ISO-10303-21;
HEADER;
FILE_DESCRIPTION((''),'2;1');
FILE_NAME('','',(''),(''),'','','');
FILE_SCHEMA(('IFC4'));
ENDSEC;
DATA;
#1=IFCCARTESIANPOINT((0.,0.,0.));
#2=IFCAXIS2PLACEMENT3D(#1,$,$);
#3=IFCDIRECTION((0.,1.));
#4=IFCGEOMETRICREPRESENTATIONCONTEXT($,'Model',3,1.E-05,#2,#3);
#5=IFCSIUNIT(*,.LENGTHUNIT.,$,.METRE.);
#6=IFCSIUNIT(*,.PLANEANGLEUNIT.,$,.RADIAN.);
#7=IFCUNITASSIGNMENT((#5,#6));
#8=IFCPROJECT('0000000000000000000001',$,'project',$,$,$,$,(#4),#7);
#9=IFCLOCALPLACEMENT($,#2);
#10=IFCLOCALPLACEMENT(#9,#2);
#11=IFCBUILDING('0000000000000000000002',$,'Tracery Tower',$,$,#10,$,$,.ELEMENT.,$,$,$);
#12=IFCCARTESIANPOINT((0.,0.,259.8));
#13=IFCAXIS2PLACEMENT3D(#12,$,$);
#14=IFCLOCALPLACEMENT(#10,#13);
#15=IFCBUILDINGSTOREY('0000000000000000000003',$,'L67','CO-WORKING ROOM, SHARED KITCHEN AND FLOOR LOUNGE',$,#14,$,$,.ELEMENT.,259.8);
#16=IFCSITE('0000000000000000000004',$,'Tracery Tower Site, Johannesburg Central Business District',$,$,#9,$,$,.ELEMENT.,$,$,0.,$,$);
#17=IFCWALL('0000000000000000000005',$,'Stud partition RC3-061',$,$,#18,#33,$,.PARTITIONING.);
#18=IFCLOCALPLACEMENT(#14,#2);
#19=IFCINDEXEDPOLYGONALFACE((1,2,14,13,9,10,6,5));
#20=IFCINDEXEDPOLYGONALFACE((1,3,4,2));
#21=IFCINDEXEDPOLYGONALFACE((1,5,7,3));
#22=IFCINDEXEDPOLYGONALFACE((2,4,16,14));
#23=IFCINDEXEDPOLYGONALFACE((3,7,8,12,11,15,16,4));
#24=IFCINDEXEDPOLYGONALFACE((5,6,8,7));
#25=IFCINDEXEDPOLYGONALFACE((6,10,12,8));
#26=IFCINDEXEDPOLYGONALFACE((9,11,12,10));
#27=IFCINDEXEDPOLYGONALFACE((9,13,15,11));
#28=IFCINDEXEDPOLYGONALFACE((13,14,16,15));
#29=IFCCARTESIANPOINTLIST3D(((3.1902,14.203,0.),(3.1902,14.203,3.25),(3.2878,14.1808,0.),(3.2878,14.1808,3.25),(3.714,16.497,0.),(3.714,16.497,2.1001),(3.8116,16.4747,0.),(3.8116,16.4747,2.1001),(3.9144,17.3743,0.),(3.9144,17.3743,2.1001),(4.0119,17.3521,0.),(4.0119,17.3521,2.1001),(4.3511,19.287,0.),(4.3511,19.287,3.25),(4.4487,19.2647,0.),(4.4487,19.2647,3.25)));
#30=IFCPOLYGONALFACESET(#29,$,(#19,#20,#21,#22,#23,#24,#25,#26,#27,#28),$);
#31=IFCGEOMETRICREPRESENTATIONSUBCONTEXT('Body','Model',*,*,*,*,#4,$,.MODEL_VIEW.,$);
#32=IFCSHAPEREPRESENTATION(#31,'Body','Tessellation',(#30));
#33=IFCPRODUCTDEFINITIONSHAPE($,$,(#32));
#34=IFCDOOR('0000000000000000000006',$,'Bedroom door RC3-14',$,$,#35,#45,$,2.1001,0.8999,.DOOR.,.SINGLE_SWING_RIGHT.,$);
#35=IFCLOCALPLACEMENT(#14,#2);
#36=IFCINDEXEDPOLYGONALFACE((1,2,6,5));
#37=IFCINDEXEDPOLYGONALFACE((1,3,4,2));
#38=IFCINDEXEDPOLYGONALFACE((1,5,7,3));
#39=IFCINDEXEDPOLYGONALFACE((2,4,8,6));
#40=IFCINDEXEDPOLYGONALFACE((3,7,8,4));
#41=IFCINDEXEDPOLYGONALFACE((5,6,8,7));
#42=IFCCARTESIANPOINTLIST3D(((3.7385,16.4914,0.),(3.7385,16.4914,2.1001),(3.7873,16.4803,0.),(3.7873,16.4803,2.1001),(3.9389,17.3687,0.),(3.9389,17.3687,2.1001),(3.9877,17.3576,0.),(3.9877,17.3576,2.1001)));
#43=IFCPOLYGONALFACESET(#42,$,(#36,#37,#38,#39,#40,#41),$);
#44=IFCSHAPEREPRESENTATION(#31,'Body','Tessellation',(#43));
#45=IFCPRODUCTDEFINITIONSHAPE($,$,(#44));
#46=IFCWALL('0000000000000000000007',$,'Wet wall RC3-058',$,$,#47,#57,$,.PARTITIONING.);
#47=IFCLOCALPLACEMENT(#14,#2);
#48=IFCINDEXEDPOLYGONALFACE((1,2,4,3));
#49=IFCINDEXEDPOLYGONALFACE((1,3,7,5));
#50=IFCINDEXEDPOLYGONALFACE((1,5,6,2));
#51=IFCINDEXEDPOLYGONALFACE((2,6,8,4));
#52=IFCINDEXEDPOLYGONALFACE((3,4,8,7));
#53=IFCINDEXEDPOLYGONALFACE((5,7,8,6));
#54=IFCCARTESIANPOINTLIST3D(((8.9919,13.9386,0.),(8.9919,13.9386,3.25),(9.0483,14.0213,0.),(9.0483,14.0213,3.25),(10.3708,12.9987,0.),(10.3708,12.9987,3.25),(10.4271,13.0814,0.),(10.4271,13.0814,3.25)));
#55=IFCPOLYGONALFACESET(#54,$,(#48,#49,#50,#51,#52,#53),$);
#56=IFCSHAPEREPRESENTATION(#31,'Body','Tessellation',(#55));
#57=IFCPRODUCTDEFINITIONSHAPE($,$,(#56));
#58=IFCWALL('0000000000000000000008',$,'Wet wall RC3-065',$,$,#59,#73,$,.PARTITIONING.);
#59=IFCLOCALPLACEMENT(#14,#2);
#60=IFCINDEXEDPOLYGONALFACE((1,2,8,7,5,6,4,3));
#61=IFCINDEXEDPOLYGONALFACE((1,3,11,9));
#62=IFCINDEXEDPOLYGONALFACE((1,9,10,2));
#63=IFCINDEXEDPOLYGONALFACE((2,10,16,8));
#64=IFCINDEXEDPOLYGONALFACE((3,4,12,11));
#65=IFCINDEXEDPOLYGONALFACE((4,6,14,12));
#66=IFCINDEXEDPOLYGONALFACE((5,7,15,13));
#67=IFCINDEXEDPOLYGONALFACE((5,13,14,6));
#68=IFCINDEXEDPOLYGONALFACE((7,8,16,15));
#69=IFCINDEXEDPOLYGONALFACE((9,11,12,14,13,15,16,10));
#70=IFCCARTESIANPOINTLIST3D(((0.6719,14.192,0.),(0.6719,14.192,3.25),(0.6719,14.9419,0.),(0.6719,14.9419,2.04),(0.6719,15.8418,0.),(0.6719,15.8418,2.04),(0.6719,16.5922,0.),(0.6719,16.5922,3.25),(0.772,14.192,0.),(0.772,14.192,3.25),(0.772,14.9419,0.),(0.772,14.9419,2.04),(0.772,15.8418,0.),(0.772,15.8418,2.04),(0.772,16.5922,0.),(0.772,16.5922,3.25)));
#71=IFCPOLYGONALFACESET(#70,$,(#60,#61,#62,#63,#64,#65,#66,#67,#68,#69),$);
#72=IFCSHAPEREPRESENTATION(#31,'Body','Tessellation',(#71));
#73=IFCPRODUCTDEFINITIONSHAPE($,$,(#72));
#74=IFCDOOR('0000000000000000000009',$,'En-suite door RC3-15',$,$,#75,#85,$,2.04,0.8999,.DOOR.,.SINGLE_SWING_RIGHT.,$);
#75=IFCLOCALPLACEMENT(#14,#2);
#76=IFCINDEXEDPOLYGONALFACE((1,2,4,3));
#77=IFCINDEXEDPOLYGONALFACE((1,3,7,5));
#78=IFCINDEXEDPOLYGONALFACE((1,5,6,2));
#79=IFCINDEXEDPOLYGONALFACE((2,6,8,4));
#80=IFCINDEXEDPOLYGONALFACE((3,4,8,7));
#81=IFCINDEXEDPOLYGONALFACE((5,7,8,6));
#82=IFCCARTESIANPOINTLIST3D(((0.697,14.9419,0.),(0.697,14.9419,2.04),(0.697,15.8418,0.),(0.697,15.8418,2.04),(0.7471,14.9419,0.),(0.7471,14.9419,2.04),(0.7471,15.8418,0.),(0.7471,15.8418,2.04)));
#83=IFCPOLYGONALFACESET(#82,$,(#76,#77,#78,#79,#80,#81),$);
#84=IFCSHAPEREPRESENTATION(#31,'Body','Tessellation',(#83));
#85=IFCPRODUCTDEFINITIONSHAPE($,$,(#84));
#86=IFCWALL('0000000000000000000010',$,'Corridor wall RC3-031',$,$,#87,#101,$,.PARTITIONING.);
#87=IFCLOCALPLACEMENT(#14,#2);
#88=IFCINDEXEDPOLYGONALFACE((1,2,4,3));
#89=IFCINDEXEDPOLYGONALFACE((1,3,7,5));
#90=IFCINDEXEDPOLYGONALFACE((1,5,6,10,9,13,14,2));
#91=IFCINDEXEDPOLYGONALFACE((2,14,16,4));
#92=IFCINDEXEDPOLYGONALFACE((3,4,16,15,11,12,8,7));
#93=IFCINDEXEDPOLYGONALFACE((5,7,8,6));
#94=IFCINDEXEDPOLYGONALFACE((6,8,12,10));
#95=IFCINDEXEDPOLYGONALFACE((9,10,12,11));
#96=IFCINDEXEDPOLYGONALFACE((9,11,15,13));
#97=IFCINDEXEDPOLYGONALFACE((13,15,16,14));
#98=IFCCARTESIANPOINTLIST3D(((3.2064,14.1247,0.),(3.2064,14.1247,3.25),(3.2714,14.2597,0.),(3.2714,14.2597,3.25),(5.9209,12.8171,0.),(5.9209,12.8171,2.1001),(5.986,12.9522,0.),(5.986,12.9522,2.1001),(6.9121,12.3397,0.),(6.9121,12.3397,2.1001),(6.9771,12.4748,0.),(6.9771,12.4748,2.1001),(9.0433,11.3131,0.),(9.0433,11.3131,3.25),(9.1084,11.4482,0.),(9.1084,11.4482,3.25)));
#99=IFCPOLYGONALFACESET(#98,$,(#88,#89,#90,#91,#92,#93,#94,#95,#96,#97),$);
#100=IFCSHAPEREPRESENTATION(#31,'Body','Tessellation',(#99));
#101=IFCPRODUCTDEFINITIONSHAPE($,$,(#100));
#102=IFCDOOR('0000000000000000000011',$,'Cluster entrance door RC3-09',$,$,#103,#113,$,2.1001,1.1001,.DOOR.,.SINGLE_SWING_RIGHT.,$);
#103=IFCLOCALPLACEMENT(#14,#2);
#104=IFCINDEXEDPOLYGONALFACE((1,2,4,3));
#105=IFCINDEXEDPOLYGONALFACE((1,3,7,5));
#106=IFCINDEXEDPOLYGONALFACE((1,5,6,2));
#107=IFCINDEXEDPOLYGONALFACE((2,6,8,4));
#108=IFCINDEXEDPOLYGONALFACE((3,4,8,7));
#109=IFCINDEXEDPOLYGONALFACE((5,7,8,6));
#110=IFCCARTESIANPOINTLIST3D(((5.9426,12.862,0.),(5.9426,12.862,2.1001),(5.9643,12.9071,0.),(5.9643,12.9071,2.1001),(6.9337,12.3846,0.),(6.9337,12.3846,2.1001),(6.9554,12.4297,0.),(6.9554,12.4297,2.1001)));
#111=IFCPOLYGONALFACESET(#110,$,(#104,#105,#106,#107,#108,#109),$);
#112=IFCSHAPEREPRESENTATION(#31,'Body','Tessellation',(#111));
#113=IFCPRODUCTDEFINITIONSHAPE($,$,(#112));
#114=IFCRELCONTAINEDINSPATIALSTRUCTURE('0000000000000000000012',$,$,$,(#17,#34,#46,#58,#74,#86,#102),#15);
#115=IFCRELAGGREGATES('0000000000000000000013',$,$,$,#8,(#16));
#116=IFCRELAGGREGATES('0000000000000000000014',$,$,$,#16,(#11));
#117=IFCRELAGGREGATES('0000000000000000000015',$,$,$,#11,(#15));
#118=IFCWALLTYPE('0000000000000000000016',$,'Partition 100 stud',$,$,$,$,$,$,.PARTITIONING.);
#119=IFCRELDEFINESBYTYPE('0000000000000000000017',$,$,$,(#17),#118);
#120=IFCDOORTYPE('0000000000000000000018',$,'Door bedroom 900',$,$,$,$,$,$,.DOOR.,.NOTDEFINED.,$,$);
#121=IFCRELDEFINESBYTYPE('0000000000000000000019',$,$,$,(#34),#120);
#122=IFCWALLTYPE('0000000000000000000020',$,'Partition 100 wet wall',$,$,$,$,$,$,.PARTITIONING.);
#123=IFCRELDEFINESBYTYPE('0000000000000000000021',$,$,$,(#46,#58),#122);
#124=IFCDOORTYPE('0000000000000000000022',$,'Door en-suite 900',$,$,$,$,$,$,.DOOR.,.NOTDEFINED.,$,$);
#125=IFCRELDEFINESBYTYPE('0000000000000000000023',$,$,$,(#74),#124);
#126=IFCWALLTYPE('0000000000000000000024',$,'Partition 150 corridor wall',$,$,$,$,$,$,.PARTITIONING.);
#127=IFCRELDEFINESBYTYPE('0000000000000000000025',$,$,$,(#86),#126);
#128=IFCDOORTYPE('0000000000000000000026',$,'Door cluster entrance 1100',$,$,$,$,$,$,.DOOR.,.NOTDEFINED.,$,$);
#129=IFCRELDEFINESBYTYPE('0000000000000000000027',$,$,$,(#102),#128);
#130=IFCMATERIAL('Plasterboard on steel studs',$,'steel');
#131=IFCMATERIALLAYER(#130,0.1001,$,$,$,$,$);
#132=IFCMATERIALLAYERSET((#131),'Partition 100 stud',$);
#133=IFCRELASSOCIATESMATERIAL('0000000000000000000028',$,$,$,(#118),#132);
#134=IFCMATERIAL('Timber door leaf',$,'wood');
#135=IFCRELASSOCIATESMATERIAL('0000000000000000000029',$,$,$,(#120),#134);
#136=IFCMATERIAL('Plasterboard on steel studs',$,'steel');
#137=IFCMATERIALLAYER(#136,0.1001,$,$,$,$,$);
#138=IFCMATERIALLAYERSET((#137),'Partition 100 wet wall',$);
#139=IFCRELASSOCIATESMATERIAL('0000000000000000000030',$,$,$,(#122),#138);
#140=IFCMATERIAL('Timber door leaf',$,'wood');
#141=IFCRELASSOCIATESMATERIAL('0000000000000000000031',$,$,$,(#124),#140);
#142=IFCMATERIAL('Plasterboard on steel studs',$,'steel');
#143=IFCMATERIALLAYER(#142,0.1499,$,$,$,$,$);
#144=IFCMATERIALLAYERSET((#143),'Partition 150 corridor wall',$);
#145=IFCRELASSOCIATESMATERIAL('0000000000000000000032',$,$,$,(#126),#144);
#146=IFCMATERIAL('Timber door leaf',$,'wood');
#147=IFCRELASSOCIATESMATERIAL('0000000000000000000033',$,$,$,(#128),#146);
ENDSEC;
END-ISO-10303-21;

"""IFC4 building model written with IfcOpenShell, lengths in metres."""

from ifc_helpers import new_model, si_unit, direction, frame, frame_2d, origin, place, context, subcontext, project, spatial, rectangle, extrude, material, layer, layer_set, type_object, element, fill, save


model = new_model("IFC4")

# Units and contexts
model_context = context("Model", 3, precision=1e-05, world=origin(), true_north=direction((0.0, 1.0)))
body_context = subcontext(model_context, "Body", "Model", "MODEL_VIEW")
ifc_project = project(units=[si_unit("LENGTHUNIT", "METRE"), si_unit("PLANEANGLEUNIT", "RADIAN")], contexts=[model_context])

# Site, building, storey
site_placement = place(None, origin())
site = spatial("IfcSite", under=ifc_project, at=site_placement, Name="Tracery Tower Site, Johannesburg Central Business District", CompositionType="ELEMENT", RefElevation=0.0)
building_placement = place(site_placement, origin())
building = spatial("IfcBuilding", under=site, at=building_placement, Name="Tracery Tower", CompositionType="ELEMENT")
storey_placement = place(building_placement, frame((0.0, 0.0, 259.8)))
storey = spatial("IfcBuildingStorey", under=building, at=storey_placement, Name="L67", Description="CO-WORKING ROOM, SHARED KITCHEN AND FLOOR LOUNGE", CompositionType="ELEMENT", Elevation=259.8)

# Wall, opening, door
ifc_material_1 = material(Name="Plasterboard on steel studs", Category="steel")
ifc_layer_1 = layer(ifc_material_1, 0.1001)
ifc_layer_set_1 = layer_set([ifc_layer_1], Name="Partition 100 stud")
wall_type_1 = type_object("IfcWallType", Name="Partition 100 stud", PredefinedType="PARTITIONING", material=ifc_layer_set_1)
wall_1_placement = place(storey_placement, frame((3.239, 14.1919, 0.0), z_axis=(0.0, 0.0, 1.0), x_axis=(0.222613, 0.974907, 0.0)))
wall_1 = element("IfcWall", 1, at=wall_1_placement, inside=storey, type_object=wall_type_1, Name="Stud partition RC3-061", PredefinedType="PARTITIONING", context=body_context, shape_type="SweptSolid", body=[
    extrude(rectangle(XDim=5.2148, YDim=0.1001, at=frame_2d((2.6074, 0.0))), origin(), (0.0, 0.0, 1.0), 3.25),
])
opening_1_placement = place(wall_1_placement, frame((2.353, 0.0, 0.0)))
opening_1 = element("IfcOpeningElement", 2, at=opening_1_placement, cuts=wall_1, PredefinedType="OPENING", context=body_context, shape_type="SweptSolid", body=[
    extrude(rectangle(XDim=0.8999, YDim=2.1001, at=frame_2d((0.45, 1.05))), frame((0.0, 0.05, 0.0), z_axis=(0.0, -1.0, 0.0), x_axis=(1.0, 0.0, 0.0)), (0.0, 0.0, 1.0), 0.1001),
])
ifc_material_2 = material(Name="Timber door leaf", Category="wood")
door_type_1 = type_object("IfcDoorType", Name="Door bedroom 900", OperationType="NOTDEFINED", PredefinedType="DOOR", material=ifc_material_2)
door_1_placement = place(opening_1_placement, origin())
door_1 = element("IfcDoor", 3, at=door_1_placement, inside=storey, type_object=door_type_1, Name="Bedroom door RC3-14", OperationType="SINGLE_SWING_RIGHT", OverallHeight=2.1001, OverallWidth=0.8999, PredefinedType="DOOR", context=body_context, shape_type="SweptSolid", body=[
    extrude(rectangle(XDim=0.8999, YDim=2.1001, at=frame_2d((0.45, 1.05))), frame((0.0, 0.0249, 0.0), z_axis=(0.0, -1.0, 0.0), x_axis=(1.0, 0.0, 0.0)), (0.0, 0.0, 1.0), 0.05),
])
fill(opening_1, door_1)

# Wall
ifc_material_3 = material(Name="Plasterboard on steel studs", Category="steel")
ifc_layer_2 = layer(ifc_material_3, 0.1001)
ifc_layer_set_2 = layer_set([ifc_layer_2], Name="Partition 100 wet wall")
wall_type_2 = type_object("IfcWallType", Name="Partition 100 wet wall", PredefinedType="PARTITIONING", material=ifc_layer_set_2)
wall_2_placement = place(storey_placement, frame((9.02, 13.98, 0.0), z_axis=(0.0, 0.0, 1.0), x_axis=(0.826289, -0.563246, 0.0)))
element("IfcWall", 4, at=wall_2_placement, inside=storey, type_object=wall_type_2, Name="Wet wall RC3-058", PredefinedType="PARTITIONING", context=body_context, shape_type="SweptSolid", body=[
    extrude(rectangle(XDim=1.6687, YDim=0.1001, at=frame_2d((0.8345, 0.0))), origin(), (0.0, 0.0, 1.0), 3.25),
])

# Walls, openings, doors
wall_3_placement = place(storey_placement, frame((0.7219, 14.1919, 0.0), z_axis=(0.0, 0.0, 1.0), x_axis=(0.0, 1.0, 0.0)))
wall_3 = element("IfcWall", 5, at=wall_3_placement, inside=storey, type_object=wall_type_2, Name="Wet wall RC3-065", PredefinedType="PARTITIONING", context=body_context, shape_type="SweptSolid", body=[
    extrude(rectangle(XDim=2.4001, YDim=0.1001, at=frame_2d((1.2002, 0.0))), origin(), (0.0, 0.0, 1.0), 3.25),
])
opening_2_placement = place(wall_3_placement, frame((0.75, 0.0, 0.0)))
opening_2 = element("IfcOpeningElement", 6, at=opening_2_placement, cuts=wall_3, PredefinedType="OPENING", context=body_context, shape_type="SweptSolid", body=[
    extrude(rectangle(XDim=0.8999, YDim=2.04, at=frame_2d((0.45, 1.02))), frame((0.0, 0.05, 0.0), z_axis=(0.0, -1.0, 0.0), x_axis=(1.0, 0.0, 0.0)), (0.0, 0.0, 1.0), 0.1001),
])
ifc_material_4 = material(Name="Timber door leaf", Category="wood")
door_type_2 = type_object("IfcDoorType", Name="Door en-suite 900", OperationType="NOTDEFINED", PredefinedType="DOOR", material=ifc_material_4)
door_2_placement = place(opening_2_placement, origin())
door_2 = element("IfcDoor", 7, at=door_2_placement, inside=storey, type_object=door_type_2, Name="En-suite door RC3-15", OperationType="SINGLE_SWING_RIGHT", OverallHeight=2.04, OverallWidth=0.8999, PredefinedType="DOOR", context=body_context, shape_type="SweptSolid", body=[
    extrude(rectangle(XDim=0.8999, YDim=2.04, at=frame_2d((0.45, 1.02))), frame((0.0, 0.0249, 0.0), z_axis=(0.0, -1.0, 0.0), x_axis=(1.0, 0.0, 0.0)), (0.0, 0.0, 1.0), 0.05),
])
fill(opening_2, door_2)
ifc_material_5 = material(Name="Plasterboard on steel studs", Category="steel")
ifc_layer_3 = layer(ifc_material_5, 0.1499)
ifc_layer_set_3 = layer_set([ifc_layer_3], Name="Partition 150 corridor wall")
wall_type_3 = type_object("IfcWallType", Name="Partition 150 corridor wall", PredefinedType="PARTITIONING", material=ifc_layer_set_3)
wall_4_placement = place(storey_placement, frame((3.239, 14.1921, 0.0), z_axis=(0.0, 0.0, 1.0), x_axis=(0.900932, -0.433961, 0.0)))
wall_4 = element("IfcWall", 8, at=wall_4_placement, inside=storey, type_object=wall_type_3, Name="Corridor wall RC3-031", PredefinedType="PARTITIONING", context=body_context, shape_type="SweptSolid", body=[
    extrude(rectangle(XDim=6.4788, YDim=0.1499, at=frame_2d((3.2393, 0.0))), origin(), (0.0, 0.0, 1.0), 3.25),
])
opening_3_placement = place(wall_4_placement, frame((3.0129, 0.0, 0.0)))
opening_3 = element("IfcOpeningElement", 9, at=opening_3_placement, cuts=wall_4, PredefinedType="OPENING", context=body_context, shape_type="SweptSolid", body=[
    extrude(rectangle(XDim=1.1001, YDim=2.1001, at=frame_2d((0.55, 1.05))), frame((0.0, 0.075, 0.0), z_axis=(0.0, -1.0, 0.0), x_axis=(1.0, 0.0, 0.0)), (0.0, 0.0, 1.0), 0.1499),
])
ifc_material_6 = material(Name="Timber door leaf", Category="wood")
door_type_3 = type_object("IfcDoorType", Name="Door cluster entrance 1100", OperationType="NOTDEFINED", PredefinedType="DOOR", material=ifc_material_6)
door_3_placement = place(opening_3_placement, origin())
door_3 = element("IfcDoor", 10, at=door_3_placement, inside=storey, type_object=door_type_3, Name="Cluster entrance door RC3-09", OperationType="SINGLE_SWING_RIGHT", OverallHeight=2.1001, OverallWidth=1.1001, PredefinedType="DOOR", context=body_context, shape_type="SweptSolid", body=[
    extrude(rectangle(XDim=1.1001, YDim=2.1001, at=frame_2d((0.55, 1.05))), frame((0.0, 0.0249, 0.0), z_axis=(0.0, -1.0, 0.0), x_axis=(1.0, 0.0, 0.0)), (0.0, 0.0, 1.0), 0.05),
])
fill(opening_3, door_3)

save(model, "model.ifc")
